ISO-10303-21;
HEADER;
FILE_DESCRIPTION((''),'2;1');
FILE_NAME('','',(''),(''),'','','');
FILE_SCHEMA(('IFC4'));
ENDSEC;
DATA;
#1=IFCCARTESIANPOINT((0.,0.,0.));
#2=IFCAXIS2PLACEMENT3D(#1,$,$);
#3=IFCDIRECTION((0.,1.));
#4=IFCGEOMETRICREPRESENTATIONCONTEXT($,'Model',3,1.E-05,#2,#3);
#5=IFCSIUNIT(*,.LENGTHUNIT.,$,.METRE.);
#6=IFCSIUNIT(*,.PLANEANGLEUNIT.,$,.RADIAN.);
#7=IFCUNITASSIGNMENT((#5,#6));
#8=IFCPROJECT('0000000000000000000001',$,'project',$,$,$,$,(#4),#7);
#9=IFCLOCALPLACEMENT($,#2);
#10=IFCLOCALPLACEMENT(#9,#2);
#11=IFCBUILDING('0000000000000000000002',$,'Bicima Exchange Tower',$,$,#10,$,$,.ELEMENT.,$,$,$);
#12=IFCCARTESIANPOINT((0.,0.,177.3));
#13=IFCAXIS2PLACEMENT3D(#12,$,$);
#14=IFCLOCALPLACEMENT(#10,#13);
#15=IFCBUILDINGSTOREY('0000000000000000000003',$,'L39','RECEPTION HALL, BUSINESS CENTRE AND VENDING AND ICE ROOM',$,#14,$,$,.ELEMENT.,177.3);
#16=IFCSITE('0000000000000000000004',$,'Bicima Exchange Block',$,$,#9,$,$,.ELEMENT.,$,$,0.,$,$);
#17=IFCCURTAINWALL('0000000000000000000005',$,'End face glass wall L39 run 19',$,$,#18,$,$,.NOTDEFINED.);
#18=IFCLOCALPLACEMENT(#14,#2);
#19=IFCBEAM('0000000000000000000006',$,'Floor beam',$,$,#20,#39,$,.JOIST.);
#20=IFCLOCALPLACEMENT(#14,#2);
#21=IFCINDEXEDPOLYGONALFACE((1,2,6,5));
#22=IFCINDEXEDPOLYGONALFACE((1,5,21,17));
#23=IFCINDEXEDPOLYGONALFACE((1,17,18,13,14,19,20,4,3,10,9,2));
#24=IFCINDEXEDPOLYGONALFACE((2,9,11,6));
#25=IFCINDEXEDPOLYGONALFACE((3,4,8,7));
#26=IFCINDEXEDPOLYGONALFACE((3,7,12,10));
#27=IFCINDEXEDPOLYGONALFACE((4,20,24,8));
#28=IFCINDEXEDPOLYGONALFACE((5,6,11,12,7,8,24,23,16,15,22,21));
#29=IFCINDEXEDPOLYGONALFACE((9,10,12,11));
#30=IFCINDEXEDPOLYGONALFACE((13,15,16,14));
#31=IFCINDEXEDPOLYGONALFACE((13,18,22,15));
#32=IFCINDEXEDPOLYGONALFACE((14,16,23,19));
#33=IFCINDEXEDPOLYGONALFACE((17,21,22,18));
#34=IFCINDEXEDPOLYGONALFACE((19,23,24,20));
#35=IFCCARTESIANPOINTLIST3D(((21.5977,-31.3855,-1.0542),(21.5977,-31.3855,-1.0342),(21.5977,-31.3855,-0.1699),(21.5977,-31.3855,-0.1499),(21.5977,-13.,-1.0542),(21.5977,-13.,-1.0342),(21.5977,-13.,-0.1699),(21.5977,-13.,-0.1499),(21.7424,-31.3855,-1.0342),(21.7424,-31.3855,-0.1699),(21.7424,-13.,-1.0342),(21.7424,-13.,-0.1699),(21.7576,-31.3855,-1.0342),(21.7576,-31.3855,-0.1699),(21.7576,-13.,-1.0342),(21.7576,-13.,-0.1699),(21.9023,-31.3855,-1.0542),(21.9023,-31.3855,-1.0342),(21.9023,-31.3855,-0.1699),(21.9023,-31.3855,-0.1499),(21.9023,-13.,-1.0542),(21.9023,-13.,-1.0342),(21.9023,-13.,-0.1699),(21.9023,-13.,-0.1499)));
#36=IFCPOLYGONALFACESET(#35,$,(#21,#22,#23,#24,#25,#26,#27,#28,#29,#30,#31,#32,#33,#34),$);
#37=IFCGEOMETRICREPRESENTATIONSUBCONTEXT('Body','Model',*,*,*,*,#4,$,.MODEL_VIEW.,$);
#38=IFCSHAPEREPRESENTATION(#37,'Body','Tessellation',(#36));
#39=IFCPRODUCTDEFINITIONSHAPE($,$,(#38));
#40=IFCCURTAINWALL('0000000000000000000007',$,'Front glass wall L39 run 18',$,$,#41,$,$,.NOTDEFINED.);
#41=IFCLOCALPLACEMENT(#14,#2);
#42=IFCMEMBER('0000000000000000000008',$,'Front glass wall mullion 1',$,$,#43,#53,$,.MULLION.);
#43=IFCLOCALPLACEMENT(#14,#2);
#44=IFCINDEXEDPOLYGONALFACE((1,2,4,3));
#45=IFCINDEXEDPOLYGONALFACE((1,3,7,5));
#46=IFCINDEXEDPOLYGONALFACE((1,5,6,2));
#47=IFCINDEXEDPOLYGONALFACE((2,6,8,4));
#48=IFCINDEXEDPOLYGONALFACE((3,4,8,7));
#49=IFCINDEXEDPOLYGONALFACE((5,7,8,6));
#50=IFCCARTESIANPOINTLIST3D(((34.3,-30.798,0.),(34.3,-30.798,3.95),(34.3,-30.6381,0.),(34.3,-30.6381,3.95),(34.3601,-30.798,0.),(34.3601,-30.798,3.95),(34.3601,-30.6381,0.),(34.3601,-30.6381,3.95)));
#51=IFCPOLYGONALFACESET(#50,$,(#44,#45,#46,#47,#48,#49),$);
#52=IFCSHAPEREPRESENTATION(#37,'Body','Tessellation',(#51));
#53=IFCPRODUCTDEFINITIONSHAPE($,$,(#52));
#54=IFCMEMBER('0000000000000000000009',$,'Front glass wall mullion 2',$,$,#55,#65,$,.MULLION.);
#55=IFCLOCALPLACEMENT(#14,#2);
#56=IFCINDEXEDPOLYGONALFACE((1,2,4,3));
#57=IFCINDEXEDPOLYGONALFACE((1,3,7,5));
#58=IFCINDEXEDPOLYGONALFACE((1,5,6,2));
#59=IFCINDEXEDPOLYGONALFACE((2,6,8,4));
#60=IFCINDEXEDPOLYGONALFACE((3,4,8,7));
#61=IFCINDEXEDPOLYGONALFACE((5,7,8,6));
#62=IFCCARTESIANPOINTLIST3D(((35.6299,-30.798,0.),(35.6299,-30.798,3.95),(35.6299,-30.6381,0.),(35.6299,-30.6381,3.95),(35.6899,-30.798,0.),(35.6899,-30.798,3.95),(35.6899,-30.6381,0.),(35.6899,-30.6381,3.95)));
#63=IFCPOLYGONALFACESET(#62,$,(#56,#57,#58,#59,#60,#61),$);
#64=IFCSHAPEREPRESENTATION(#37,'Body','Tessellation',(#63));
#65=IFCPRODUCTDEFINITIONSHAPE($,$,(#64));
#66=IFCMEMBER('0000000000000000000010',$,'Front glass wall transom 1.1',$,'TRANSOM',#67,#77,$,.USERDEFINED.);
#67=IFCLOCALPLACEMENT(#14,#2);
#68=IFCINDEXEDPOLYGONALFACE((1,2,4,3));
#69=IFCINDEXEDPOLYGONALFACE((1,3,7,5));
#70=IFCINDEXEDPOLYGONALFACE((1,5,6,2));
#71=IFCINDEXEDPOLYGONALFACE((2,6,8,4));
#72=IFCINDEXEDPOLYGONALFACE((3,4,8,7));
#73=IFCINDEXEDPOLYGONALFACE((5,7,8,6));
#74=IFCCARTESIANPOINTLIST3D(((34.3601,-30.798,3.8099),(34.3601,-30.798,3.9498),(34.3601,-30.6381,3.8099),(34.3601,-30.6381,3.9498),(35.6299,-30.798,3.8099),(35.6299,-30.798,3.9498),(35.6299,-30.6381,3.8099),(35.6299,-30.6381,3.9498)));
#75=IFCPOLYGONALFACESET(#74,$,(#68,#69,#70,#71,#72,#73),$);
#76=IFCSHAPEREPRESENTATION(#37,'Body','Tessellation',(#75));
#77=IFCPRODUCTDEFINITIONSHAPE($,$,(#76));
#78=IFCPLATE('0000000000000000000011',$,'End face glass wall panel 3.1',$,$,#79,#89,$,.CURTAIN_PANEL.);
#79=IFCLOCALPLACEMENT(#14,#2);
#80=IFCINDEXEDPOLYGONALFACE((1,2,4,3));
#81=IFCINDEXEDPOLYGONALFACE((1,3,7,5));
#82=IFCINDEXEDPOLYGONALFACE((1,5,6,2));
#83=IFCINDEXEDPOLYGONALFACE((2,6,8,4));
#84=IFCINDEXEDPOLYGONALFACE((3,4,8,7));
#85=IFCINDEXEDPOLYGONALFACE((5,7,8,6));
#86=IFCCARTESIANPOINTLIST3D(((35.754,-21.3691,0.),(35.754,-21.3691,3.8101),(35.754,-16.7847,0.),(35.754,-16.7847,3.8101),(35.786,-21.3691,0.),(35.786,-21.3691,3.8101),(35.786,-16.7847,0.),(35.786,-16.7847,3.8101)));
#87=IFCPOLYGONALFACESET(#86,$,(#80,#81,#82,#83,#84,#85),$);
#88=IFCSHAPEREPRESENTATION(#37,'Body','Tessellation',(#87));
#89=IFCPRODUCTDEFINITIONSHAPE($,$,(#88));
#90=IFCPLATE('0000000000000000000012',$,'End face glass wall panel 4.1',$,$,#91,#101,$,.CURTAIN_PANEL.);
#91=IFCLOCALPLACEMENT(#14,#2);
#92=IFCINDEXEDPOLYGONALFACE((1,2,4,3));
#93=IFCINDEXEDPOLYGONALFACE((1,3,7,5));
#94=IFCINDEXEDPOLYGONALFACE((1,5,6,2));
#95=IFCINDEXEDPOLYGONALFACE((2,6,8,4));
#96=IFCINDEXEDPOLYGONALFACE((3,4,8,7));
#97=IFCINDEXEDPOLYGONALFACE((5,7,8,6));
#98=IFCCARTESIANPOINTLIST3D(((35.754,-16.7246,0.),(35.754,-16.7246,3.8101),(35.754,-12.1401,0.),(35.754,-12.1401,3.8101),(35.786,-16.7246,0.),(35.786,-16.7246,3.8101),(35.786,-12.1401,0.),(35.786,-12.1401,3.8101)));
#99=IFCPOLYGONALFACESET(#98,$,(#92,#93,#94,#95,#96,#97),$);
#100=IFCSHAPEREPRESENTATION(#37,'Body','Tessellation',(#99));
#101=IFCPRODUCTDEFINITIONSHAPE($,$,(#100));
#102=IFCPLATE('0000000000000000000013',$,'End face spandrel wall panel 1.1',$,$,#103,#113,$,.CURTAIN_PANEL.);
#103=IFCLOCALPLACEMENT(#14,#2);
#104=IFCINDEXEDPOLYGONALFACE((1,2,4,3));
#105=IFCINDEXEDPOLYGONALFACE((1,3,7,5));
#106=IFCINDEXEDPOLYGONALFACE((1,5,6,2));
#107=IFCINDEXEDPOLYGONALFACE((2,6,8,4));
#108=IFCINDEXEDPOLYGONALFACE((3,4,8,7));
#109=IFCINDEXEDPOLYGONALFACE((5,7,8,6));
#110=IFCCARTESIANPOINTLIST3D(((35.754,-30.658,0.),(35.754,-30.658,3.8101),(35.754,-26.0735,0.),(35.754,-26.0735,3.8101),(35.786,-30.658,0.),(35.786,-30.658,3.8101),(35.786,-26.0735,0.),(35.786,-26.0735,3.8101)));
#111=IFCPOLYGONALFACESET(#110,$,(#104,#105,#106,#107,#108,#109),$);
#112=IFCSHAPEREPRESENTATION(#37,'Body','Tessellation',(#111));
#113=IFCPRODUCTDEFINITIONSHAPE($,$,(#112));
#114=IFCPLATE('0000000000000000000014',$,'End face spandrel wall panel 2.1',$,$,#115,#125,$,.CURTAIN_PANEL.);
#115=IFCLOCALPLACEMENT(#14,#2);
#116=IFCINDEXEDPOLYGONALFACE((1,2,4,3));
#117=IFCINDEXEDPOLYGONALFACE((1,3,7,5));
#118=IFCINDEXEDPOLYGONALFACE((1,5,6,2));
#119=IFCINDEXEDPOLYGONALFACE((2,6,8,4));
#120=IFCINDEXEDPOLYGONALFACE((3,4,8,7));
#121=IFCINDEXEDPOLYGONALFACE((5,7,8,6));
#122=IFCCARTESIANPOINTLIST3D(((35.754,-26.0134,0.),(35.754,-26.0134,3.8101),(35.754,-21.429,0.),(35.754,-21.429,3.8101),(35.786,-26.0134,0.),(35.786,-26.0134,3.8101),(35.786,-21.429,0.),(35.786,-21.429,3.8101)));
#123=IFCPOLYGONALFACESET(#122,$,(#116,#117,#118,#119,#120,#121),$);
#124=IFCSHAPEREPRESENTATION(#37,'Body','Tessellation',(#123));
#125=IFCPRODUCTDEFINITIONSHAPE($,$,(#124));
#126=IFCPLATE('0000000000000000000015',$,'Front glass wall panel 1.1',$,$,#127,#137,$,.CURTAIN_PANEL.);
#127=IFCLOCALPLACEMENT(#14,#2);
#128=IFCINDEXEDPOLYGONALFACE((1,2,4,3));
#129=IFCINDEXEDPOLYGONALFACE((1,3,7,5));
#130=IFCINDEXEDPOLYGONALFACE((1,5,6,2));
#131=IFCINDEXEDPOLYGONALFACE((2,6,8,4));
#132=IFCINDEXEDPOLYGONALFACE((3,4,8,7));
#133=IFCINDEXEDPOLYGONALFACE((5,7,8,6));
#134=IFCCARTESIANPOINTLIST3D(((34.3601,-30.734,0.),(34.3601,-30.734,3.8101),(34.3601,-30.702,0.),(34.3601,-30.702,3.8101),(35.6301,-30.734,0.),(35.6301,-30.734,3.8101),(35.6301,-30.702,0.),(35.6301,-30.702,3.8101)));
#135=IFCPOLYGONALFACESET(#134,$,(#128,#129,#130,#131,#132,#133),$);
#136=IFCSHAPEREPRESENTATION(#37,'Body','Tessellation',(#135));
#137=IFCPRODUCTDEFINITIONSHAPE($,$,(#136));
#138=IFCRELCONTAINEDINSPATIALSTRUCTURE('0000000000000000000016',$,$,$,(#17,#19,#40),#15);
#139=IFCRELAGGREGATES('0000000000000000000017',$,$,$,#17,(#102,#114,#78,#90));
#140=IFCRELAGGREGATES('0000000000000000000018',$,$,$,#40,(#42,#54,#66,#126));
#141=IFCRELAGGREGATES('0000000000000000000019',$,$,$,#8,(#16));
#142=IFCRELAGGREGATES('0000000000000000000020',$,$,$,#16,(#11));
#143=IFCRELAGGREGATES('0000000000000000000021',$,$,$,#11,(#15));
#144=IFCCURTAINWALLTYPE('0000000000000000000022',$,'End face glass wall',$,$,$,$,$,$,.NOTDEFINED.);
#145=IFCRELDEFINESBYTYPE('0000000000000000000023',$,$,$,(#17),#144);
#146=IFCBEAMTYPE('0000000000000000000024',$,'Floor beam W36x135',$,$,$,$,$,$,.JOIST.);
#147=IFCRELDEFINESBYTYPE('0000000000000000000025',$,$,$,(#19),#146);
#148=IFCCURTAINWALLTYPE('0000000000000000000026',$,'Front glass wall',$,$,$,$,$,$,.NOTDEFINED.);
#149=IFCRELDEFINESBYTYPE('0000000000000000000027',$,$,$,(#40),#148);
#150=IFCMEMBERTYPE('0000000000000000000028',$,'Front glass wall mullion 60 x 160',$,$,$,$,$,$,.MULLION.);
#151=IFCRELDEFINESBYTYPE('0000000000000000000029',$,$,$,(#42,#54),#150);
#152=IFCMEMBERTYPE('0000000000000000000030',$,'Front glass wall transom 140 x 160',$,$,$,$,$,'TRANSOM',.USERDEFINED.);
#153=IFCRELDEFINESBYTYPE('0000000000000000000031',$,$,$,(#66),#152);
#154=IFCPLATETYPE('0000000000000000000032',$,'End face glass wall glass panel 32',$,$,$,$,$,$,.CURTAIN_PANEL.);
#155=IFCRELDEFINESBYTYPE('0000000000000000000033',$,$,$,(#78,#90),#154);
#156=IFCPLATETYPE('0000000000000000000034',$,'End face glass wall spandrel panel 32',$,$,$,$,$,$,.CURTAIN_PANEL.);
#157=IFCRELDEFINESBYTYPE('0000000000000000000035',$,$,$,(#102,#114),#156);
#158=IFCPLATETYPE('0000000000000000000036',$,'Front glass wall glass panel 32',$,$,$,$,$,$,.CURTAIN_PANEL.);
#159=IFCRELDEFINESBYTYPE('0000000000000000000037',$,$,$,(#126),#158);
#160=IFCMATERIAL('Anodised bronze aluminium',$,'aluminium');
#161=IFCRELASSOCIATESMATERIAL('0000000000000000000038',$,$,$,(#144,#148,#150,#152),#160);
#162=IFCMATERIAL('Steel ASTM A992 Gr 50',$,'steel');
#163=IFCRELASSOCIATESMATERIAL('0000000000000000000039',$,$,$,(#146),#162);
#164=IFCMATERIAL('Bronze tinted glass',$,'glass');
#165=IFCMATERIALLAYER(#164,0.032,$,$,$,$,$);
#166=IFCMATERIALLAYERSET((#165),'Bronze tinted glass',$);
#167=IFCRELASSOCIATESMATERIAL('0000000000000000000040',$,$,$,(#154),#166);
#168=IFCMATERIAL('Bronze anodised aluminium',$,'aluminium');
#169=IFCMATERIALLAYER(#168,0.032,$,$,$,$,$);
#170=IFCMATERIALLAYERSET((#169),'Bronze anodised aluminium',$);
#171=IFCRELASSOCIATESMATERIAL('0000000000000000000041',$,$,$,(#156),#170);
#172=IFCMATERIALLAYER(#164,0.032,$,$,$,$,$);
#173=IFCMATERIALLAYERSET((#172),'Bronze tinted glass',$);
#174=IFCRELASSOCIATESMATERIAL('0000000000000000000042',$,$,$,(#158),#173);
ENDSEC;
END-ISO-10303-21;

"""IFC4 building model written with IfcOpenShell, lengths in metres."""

from ifc_helpers import new_model, si_unit, direction, frame, origin, origin_2d, place, context, subcontext, project, spatial, rectangle, i_section, extrude, material, layer, layer_set, material_profile, profile_set, type_object, element, aggregate, save


model = new_model("IFC4")

# Units and contexts
model_context = context("Model", 3, precision=1e-05, world=origin(), true_north=direction((0.0, 1.0)))
body_context = subcontext(model_context, "Body", "Model", "MODEL_VIEW")
ifc_project = project(units=[si_unit("LENGTHUNIT", "METRE"), si_unit("PLANEANGLEUNIT", "RADIAN")], contexts=[model_context])

# Site, building, storey
site_placement = place(None, origin())
site = spatial("IfcSite", under=ifc_project, at=site_placement, Name="Bicima Exchange Block", CompositionType="ELEMENT", RefElevation=0.0)
building_placement = place(site_placement, origin())
building = spatial("IfcBuilding", under=site, at=building_placement, Name="Bicima Exchange Tower", CompositionType="ELEMENT")
storey_placement = place(building_placement, frame((0.0, 0.0, 177.3)))
storey = spatial("IfcBuildingStorey", under=building, at=storey_placement, Name="L39", Description="RECEPTION HALL, BUSINESS CENTRE AND VENDING AND ICE ROOM", CompositionType="ELEMENT", Elevation=177.3)

# Shared definitions
ifc_material_1 = material(Name="Steel ASTM A992 Gr 50", Category="steel")

# Curtain wall
ifc_material_2 = material(Name="Anodised bronze aluminium", Category="aluminium")
curtain_wall_type_1 = type_object("IfcCurtainWallType", Name="End face glass wall", PredefinedType="NOTDEFINED", material=ifc_material_2)
curtain_wall_1_placement = place(storey_placement, origin())
curtain_wall_1 = element("IfcCurtainWall", 1, at=curtain_wall_1_placement, inside=storey, type_object=curtain_wall_type_1, Name="End face glass wall L39 run 19", PredefinedType="NOTDEFINED")
ifc_material_profile_1 = material_profile(ifc_material_2, rectangle(XDim=0.1599, YDim=0.0601, at=origin_2d()))
ifc_profile_set_1 = profile_set([ifc_material_profile_1], Name="Anodised bronze aluminium")
ifc_material_profile_2 = material_profile(ifc_material_2, rectangle(XDim=0.1599, YDim=0.1399, at=origin_2d()))
ifc_profile_set_2 = profile_set([ifc_material_profile_2], Name="Anodised bronze aluminium")

# Beam
ifc_material_profile_3 = material_profile(ifc_material_1, i_section(OverallWidth=0.3047, OverallDepth=0.9043, WebThickness=0.0151, FlangeThickness=0.02, at=origin_2d()))
ifc_profile_set_3 = profile_set([ifc_material_profile_3], Name="Steel ASTM A992 Gr 50")
beam_type_1 = type_object("IfcBeamType", Name="Floor beam W36x135", PredefinedType="JOIST", material=ifc_profile_set_3)
beam_1_placement = place(storey_placement, frame((21.75, -13.0, -0.6021), z_axis=(0.0, -1.0, 0.0), x_axis=(1.0, 0.0, 0.0)))
element("IfcBeam", 2, at=beam_1_placement, inside=storey, type_object=beam_type_1, Name="Floor beam", PredefinedType="JOIST", context=body_context, shape_type="SweptSolid", body=[
    extrude(i_section(OverallWidth=0.3047, OverallDepth=0.9043, WebThickness=0.0151, FlangeThickness=0.02, at=origin_2d()), origin(), (0.0, 0.0, 1.0), 18.3855),
])

# Curtain wall, members
curtain_wall_type_2 = type_object("IfcCurtainWallType", Name="Front glass wall", PredefinedType="NOTDEFINED", material=ifc_material_2)
curtain_wall_2_placement = place(storey_placement, origin())
curtain_wall_2 = element("IfcCurtainWall", 3, at=curtain_wall_2_placement, inside=storey, type_object=curtain_wall_type_2, Name="Front glass wall L39 run 18", PredefinedType="NOTDEFINED")
member_type_1 = type_object("IfcMemberType", Name="Front glass wall mullion 60 x 160", PredefinedType="MULLION", material=ifc_profile_set_1)
member_1_placement = place(storey_placement, frame((34.3301, -30.718, 0.0), z_axis=(0.0, 0.0, 1.0), x_axis=(0.0, 1.0, 0.0)))
member_1 = element("IfcMember", 4, at=member_1_placement, type_object=member_type_1, Name="Front glass wall mullion 1", PredefinedType="MULLION", context=body_context, shape_type="SweptSolid", body=[
    extrude(rectangle(XDim=0.1599, YDim=0.0601, at=origin_2d()), origin(), (0.0, 0.0, 1.0), 3.95),
])
member_2_placement = place(storey_placement, frame((35.6599, -30.718, 0.0), z_axis=(0.0, 0.0, 1.0), x_axis=(0.0, 1.0, 0.0)))
member_2 = element("IfcMember", 5, at=member_2_placement, type_object=member_type_1, Name="Front glass wall mullion 2", PredefinedType="MULLION", context=body_context, shape_type="SweptSolid", body=[
    extrude(rectangle(XDim=0.1599, YDim=0.0601, at=origin_2d()), origin(), (0.0, 0.0, 1.0), 3.95),
])
member_type_2 = type_object("IfcMemberType", Name="Front glass wall transom 140 x 160", ElementType="TRANSOM", PredefinedType="USERDEFINED", material=ifc_profile_set_2)
member_3_placement = place(storey_placement, frame((34.3601, -30.718, 3.8799), z_axis=(1.0, 0.0, 0.0), x_axis=(0.0, 1.0, 0.0)))
member_3 = element("IfcMember", 6, at=member_3_placement, type_object=member_type_2, Name="Front glass wall transom 1.1", ObjectType="TRANSOM", PredefinedType="USERDEFINED", context=body_context, shape_type="SweptSolid", body=[
    extrude(rectangle(XDim=0.1599, YDim=0.1399, at=origin_2d()), origin(), (0.0, 0.0, 1.0), 1.2698),
])

# Plates
ifc_material_3 = material(Name="Bronze tinted glass", Category="glass")
ifc_layer_1 = layer(ifc_material_3, 0.032)
ifc_layer_set_1 = layer_set([ifc_layer_1], Name="Bronze tinted glass")
plate_type_1 = type_object("IfcPlateType", Name="End face glass wall glass panel 32", PredefinedType="CURTAIN_PANEL", material=ifc_layer_set_1)
plate_1_placement = place(storey_placement, frame((35.77, -19.0769, 0.0), z_axis=(0.0, 0.0, 1.0), x_axis=(0.0, 1.0, 0.0)))
plate_1 = element("IfcPlate", 7, at=plate_1_placement, type_object=plate_type_1, Name="End face glass wall panel 3.1", PredefinedType="CURTAIN_PANEL", context=body_context, shape_type="SweptSolid", body=[
    extrude(rectangle(XDim=4.5845, YDim=0.032, at=origin_2d()), origin(), (0.0, 0.0, 1.0), 3.8101),
])
plate_2_placement = place(storey_placement, frame((35.77, -14.4324, 0.0), z_axis=(0.0, 0.0, 1.0), x_axis=(0.0, 1.0, 0.0)))
plate_2 = element("IfcPlate", 8, at=plate_2_placement, type_object=plate_type_1, Name="End face glass wall panel 4.1", PredefinedType="CURTAIN_PANEL", context=body_context, shape_type="SweptSolid", body=[
    extrude(rectangle(XDim=4.5845, YDim=0.032, at=origin_2d()), origin(), (0.0, 0.0, 1.0), 3.8101),
])
ifc_material_4 = material(Name="Bronze anodised aluminium", Category="aluminium")
ifc_layer_2 = layer(ifc_material_4, 0.032)
ifc_layer_set_2 = layer_set([ifc_layer_2], Name="Bronze anodised aluminium")
plate_type_2 = type_object("IfcPlateType", Name="End face glass wall spandrel panel 32", PredefinedType="CURTAIN_PANEL", material=ifc_layer_set_2)
plate_3_placement = place(storey_placement, frame((35.77, -28.3657, 0.0), z_axis=(0.0, 0.0, 1.0), x_axis=(0.0, 1.0, 0.0)))
plate_3 = element("IfcPlate", 9, at=plate_3_placement, type_object=plate_type_2, Name="End face spandrel wall panel 1.1", PredefinedType="CURTAIN_PANEL", context=body_context, shape_type="SweptSolid", body=[
    extrude(rectangle(XDim=4.5845, YDim=0.032, at=origin_2d()), origin(), (0.0, 0.0, 1.0), 3.8101),
])
plate_4_placement = place(storey_placement, frame((35.77, -23.7212, 0.0), z_axis=(0.0, 0.0, 1.0), x_axis=(0.0, 1.0, 0.0)))
plate_4 = element("IfcPlate", 10, at=plate_4_placement, type_object=plate_type_2, Name="End face spandrel wall panel 2.1", PredefinedType="CURTAIN_PANEL", context=body_context, shape_type="SweptSolid", body=[
    extrude(rectangle(XDim=4.5845, YDim=0.032, at=origin_2d()), origin(), (0.0, 0.0, 1.0), 3.8101),
])
aggregate(curtain_wall_1, [plate_3, plate_4, plate_1, plate_2])
ifc_layer_3 = layer(ifc_material_3, 0.032)
ifc_layer_set_3 = layer_set([ifc_layer_3], Name="Bronze tinted glass")
plate_type_3 = type_object("IfcPlateType", Name="Front glass wall glass panel 32", PredefinedType="CURTAIN_PANEL", material=ifc_layer_set_3)
plate_5_placement = place(storey_placement, frame((34.9951, -30.718, 0.0), z_axis=(0.0, 0.0, 1.0), x_axis=(1.0, 0.0, 0.0)))
plate_5 = element("IfcPlate", 11, at=plate_5_placement, type_object=plate_type_3, Name="Front glass wall panel 1.1", PredefinedType="CURTAIN_PANEL", context=body_context, shape_type="SweptSolid", body=[
    extrude(rectangle(XDim=1.27, YDim=0.032, at=origin_2d()), origin(), (0.0, 0.0, 1.0), 3.8101),
])
aggregate(curtain_wall_2, [member_1, member_2, member_3, plate_5])

save(model, "model.ifc")
